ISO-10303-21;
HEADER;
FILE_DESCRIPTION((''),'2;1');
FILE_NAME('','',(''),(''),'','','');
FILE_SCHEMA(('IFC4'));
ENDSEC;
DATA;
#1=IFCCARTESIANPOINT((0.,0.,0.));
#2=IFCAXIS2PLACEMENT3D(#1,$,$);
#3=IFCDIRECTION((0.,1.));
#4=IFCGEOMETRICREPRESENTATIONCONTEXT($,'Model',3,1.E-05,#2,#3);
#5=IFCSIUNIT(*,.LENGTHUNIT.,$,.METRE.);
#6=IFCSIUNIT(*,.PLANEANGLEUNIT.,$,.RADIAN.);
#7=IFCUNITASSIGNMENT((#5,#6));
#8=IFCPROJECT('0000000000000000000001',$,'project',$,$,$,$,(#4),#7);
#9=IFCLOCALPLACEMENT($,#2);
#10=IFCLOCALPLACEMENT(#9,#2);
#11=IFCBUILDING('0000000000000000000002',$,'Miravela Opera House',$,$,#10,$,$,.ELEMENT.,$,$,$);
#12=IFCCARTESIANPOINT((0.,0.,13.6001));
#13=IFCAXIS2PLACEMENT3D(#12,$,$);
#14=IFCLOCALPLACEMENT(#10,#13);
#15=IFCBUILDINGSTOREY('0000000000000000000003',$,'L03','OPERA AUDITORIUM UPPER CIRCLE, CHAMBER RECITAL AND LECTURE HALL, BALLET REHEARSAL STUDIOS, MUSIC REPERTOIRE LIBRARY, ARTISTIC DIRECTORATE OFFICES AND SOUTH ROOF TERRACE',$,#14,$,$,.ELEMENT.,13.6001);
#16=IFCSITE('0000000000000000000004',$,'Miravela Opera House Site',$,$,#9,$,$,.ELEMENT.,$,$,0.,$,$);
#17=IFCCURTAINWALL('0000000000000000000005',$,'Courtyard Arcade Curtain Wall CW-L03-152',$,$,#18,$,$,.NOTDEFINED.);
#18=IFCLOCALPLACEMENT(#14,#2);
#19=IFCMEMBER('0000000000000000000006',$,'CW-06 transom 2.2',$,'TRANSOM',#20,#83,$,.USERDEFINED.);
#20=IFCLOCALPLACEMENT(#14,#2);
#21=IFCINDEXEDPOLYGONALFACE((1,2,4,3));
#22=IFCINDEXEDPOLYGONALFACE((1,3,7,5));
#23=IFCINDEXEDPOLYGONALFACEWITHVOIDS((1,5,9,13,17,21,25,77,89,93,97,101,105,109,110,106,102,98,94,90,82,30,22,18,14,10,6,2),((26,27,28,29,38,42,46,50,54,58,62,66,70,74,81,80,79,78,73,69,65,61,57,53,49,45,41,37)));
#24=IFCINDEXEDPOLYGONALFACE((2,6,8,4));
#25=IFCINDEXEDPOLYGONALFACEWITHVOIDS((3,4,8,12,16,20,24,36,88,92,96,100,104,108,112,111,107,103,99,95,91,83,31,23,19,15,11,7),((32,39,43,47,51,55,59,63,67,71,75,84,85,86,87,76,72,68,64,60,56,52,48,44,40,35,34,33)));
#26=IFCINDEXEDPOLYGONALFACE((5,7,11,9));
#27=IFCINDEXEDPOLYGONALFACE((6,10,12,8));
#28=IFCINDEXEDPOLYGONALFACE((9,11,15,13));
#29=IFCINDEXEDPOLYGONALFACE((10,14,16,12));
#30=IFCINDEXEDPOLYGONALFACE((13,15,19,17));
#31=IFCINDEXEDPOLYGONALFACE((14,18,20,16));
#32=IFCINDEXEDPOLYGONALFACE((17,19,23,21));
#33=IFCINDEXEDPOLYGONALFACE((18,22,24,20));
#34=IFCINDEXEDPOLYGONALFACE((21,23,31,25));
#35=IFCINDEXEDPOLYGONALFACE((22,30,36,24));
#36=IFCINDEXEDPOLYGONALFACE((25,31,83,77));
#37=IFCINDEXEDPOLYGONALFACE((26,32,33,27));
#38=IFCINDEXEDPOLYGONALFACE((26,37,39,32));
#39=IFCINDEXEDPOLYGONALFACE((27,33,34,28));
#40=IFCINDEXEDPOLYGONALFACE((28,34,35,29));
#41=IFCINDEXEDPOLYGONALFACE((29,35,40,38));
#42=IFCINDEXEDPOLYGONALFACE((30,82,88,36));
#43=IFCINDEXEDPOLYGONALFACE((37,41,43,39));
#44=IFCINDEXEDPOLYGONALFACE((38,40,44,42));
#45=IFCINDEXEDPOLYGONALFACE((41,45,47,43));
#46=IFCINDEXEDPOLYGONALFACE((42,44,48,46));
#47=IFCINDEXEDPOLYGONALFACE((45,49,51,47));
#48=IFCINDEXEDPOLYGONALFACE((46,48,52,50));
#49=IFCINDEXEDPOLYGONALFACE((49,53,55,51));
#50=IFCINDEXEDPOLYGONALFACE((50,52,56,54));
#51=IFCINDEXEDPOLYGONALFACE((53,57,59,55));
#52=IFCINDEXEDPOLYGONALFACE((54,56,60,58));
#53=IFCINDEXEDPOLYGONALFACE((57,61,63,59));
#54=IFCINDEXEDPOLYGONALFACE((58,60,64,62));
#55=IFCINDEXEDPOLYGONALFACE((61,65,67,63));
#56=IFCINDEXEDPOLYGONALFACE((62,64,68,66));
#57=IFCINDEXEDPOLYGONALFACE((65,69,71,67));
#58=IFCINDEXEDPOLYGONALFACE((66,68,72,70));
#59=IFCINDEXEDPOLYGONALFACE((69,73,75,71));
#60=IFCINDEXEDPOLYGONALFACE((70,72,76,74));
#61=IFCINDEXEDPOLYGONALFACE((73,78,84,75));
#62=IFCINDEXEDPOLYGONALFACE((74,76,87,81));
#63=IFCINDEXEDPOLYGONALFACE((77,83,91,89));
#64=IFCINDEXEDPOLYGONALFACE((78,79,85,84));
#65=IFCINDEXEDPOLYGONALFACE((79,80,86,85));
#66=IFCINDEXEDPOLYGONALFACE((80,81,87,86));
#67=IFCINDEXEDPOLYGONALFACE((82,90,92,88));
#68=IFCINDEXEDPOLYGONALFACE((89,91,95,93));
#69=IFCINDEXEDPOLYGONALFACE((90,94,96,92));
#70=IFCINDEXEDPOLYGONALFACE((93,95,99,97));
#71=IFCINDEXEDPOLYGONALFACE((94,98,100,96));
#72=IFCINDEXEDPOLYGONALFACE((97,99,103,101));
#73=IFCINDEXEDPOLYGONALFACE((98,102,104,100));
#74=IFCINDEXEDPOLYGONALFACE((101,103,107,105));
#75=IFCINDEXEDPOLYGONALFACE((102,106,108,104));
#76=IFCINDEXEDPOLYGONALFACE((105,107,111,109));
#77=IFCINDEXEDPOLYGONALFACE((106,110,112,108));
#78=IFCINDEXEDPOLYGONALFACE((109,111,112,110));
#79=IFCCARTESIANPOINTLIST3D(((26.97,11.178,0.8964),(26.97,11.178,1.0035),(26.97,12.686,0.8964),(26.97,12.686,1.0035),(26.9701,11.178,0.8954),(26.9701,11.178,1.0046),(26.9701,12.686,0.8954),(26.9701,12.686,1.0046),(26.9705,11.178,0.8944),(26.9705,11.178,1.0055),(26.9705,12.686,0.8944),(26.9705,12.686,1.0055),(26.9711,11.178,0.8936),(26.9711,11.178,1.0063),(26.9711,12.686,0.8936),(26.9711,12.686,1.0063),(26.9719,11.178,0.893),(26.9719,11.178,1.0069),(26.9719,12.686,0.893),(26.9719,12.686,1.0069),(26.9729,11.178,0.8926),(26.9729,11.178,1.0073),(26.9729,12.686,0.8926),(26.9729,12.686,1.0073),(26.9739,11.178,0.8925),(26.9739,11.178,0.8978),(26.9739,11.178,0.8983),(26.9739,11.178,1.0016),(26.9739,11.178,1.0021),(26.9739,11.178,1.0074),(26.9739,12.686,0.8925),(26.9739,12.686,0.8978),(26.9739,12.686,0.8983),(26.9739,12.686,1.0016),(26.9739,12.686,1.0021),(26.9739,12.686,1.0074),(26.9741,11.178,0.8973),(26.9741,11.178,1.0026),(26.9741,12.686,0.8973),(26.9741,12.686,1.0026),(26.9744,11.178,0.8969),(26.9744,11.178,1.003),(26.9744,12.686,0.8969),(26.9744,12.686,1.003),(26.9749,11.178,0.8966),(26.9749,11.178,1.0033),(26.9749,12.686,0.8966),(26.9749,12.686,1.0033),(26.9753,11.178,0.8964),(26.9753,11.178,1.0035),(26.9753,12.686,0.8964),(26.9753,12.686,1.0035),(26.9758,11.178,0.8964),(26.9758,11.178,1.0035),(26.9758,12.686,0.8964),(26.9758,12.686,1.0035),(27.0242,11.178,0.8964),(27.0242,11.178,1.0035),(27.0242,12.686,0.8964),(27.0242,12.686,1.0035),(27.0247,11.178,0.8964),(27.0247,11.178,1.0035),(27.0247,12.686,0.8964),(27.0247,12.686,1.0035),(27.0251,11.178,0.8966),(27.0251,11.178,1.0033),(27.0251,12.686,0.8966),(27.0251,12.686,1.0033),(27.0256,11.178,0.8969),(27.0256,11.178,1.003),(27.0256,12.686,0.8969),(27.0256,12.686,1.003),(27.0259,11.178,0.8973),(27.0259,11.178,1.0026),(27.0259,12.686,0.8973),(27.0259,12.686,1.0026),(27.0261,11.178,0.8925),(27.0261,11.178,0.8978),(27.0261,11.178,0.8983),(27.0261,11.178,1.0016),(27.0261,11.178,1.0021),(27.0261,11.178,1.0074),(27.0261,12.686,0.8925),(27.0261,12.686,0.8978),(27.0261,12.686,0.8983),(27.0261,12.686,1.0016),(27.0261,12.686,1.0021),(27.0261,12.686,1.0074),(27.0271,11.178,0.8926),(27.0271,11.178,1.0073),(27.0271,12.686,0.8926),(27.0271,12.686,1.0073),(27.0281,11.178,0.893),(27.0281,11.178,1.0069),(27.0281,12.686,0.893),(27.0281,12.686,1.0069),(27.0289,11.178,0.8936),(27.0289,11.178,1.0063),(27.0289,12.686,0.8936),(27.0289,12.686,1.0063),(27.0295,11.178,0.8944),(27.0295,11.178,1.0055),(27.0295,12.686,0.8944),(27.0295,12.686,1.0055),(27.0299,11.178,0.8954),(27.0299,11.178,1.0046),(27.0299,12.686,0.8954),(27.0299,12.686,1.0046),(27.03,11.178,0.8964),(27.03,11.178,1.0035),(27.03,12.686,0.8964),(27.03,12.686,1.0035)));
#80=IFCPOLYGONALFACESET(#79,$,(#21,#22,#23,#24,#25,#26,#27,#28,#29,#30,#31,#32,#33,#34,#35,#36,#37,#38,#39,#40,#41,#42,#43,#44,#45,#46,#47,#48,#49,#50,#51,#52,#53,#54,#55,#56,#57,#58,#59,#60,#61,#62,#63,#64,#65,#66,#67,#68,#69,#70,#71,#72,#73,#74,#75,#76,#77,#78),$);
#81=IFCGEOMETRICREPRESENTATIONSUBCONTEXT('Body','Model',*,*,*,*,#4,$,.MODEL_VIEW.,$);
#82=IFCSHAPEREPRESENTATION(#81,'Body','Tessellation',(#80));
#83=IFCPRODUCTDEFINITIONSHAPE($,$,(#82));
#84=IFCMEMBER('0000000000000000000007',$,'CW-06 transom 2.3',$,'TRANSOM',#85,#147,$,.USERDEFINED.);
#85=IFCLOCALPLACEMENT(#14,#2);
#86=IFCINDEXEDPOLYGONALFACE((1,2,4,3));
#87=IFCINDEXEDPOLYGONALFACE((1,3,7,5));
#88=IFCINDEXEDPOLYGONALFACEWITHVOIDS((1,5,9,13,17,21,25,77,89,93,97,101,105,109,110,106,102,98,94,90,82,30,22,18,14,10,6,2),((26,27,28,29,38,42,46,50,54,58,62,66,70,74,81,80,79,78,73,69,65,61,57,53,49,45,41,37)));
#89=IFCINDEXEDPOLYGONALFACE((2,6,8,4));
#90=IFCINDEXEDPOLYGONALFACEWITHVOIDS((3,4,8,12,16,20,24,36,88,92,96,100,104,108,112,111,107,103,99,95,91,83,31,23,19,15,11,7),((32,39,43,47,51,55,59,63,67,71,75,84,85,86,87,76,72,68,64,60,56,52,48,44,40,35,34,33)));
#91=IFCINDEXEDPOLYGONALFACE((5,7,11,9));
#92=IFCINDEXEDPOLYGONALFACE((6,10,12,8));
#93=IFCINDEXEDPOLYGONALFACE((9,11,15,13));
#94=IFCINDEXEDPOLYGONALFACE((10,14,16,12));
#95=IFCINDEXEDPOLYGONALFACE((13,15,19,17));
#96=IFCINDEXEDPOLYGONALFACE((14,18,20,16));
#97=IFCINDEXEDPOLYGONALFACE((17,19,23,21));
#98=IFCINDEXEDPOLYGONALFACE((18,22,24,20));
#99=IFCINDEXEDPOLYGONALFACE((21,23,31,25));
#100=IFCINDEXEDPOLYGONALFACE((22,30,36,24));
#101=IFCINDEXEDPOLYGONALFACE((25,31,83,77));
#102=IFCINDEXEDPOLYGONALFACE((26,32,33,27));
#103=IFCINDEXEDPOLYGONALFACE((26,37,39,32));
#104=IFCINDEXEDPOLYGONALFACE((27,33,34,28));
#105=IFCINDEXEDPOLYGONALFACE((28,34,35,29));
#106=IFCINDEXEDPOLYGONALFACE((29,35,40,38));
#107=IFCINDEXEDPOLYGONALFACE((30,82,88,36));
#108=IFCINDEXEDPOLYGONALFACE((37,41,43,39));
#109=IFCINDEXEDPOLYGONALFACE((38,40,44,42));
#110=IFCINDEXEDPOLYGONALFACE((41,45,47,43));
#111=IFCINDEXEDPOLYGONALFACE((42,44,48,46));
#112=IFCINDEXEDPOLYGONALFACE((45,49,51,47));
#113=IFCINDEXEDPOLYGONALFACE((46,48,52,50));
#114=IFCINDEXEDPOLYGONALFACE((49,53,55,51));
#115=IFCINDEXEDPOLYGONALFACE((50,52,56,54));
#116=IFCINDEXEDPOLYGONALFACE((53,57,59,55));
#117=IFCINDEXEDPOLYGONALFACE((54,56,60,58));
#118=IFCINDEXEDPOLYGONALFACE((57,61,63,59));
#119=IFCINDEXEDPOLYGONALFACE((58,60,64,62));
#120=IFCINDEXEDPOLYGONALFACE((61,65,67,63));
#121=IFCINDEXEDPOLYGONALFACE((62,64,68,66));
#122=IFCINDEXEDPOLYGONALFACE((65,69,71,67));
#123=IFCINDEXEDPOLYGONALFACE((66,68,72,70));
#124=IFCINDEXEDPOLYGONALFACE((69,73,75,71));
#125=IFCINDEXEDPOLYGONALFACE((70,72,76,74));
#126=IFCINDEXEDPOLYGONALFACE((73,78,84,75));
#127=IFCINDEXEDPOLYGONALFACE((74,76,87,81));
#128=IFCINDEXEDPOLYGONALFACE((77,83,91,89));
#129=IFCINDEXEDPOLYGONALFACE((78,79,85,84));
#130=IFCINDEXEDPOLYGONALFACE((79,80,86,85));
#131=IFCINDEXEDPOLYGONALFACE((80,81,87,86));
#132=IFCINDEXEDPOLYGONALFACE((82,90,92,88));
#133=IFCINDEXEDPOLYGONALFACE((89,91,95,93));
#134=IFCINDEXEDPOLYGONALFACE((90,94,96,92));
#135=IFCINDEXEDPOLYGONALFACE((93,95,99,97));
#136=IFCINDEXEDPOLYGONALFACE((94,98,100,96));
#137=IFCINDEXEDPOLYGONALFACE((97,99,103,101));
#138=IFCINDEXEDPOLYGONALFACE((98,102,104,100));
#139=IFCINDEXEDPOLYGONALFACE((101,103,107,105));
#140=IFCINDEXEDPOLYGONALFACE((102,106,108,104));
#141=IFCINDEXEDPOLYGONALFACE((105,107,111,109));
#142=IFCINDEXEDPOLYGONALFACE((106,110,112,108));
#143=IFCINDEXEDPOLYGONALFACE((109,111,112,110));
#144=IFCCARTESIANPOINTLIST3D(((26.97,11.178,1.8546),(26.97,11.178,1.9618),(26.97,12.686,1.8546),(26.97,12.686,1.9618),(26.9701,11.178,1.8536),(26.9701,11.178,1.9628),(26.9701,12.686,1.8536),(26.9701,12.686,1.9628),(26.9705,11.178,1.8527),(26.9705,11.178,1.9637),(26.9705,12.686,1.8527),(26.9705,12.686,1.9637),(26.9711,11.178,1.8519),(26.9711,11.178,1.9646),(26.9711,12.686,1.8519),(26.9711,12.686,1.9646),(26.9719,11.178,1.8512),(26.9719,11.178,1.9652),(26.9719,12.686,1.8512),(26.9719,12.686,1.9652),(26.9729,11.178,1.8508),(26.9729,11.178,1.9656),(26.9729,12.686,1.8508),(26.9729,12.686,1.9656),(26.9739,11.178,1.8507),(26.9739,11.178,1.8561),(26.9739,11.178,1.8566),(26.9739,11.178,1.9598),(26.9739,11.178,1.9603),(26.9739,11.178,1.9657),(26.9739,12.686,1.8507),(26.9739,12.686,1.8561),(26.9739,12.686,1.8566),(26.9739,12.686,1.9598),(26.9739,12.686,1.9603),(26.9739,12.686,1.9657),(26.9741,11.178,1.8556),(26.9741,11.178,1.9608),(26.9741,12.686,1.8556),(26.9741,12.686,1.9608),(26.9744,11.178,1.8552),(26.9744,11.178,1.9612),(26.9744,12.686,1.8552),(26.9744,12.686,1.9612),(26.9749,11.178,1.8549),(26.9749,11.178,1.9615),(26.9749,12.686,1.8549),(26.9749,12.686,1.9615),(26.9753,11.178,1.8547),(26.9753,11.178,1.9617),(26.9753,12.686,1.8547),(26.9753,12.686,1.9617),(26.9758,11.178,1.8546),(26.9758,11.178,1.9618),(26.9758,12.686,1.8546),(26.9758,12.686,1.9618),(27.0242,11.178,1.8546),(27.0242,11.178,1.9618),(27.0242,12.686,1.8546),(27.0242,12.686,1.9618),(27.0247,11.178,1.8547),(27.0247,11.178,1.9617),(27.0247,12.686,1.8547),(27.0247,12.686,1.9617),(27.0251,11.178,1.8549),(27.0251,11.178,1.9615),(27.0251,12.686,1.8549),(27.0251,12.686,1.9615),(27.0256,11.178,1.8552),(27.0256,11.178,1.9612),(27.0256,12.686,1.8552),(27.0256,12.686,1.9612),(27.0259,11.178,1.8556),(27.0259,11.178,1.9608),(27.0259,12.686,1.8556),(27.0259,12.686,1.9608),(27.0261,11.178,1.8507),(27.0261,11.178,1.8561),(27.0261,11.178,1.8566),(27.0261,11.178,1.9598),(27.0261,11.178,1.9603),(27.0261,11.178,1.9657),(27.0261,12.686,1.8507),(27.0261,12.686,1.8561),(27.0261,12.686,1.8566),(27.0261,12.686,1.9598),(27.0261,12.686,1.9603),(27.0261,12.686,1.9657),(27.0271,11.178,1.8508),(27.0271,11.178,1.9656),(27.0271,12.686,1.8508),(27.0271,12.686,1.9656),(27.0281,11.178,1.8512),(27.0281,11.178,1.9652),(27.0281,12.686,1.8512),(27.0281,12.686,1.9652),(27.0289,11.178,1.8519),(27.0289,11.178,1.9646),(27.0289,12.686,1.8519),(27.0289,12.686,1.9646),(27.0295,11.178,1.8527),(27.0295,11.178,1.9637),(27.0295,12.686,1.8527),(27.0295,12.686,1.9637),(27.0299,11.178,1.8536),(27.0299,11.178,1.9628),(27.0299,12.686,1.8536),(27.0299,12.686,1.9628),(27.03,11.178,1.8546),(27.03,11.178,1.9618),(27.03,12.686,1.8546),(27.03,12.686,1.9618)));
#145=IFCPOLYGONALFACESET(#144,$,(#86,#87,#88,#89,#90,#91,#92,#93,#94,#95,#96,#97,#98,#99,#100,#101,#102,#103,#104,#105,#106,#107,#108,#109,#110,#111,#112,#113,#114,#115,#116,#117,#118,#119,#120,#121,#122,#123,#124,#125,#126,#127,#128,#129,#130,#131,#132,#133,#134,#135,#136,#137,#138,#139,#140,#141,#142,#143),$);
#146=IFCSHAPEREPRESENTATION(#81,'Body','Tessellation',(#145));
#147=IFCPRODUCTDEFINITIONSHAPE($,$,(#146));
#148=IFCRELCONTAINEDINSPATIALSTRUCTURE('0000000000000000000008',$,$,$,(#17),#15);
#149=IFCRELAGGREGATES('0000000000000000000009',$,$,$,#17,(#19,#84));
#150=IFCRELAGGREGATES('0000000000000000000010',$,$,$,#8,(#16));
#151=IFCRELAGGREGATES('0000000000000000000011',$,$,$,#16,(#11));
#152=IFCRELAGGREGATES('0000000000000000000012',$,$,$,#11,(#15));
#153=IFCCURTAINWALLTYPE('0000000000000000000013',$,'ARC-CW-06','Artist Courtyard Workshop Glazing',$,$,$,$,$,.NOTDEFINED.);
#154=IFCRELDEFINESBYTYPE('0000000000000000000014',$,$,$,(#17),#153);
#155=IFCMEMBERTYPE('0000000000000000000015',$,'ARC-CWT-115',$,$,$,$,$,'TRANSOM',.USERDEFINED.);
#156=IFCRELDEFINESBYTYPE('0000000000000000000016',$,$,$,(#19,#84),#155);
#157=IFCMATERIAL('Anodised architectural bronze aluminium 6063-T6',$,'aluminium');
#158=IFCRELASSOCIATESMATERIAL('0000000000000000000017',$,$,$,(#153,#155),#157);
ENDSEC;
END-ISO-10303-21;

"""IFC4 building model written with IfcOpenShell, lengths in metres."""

from ifc_helpers import new_model, si_unit, direction, frame, origin, origin_2d, place, context, subcontext, project, spatial, hollow_rectangle, extrude, material, material_profile, profile_set, type_object, element, aggregate, save


model = new_model("IFC4")

# Units and contexts
model_context = context("Model", 3, precision=1e-05, world=origin(), true_north=direction((0.0, 1.0)))
body_context = subcontext(model_context, "Body", "Model", "MODEL_VIEW")
ifc_project = project(units=[si_unit("LENGTHUNIT", "METRE"), si_unit("PLANEANGLEUNIT", "RADIAN")], contexts=[model_context])

# Site, building, storey
site_placement = place(None, origin())
site = spatial("IfcSite", under=ifc_project, at=site_placement, Name="Miravela Opera House Site", CompositionType="ELEMENT", RefElevation=0.0)
building_placement = place(site_placement, origin())
building = spatial("IfcBuilding", under=site, at=building_placement, Name="Miravela Opera House", CompositionType="ELEMENT")
storey_placement = place(building_placement, frame((0.0, 0.0, 13.6001)))
storey = spatial("IfcBuildingStorey", under=building, at=storey_placement, Name="L03", Description="OPERA AUDITORIUM UPPER CIRCLE, CHAMBER RECITAL AND LECTURE HALL, BALLET REHEARSAL STUDIOS, MUSIC REPERTOIRE LIBRARY, ARTISTIC DIRECTORATE OFFICES AND SOUTH ROOF TERRACE", CompositionType="ELEMENT", Elevation=13.6001)

# Curtain wall, members
ifc_material_1 = material(Name="Anodised architectural bronze aluminium 6063-T6", Category="aluminium")
curtain_wall_type = type_object("IfcCurtainWallType", Name="ARC-CW-06", Description="Artist Courtyard Workshop Glazing", PredefinedType="NOTDEFINED", material=ifc_material_1)
curtain_wall_placement = place(storey_placement, origin())
curtain_wall = element("IfcCurtainWall", 1, at=curtain_wall_placement, inside=storey, type_object=curtain_wall_type, Name="Courtyard Arcade Curtain Wall CW-L03-152", PredefinedType="NOTDEFINED")
ifc_material_profile_1 = material_profile(ifc_material_1, hollow_rectangle(XDim=0.0601, YDim=0.115, WallThickness=0.0039, InnerFilletRadius=0.002, OuterFilletRadius=0.0039, at=origin_2d()), Name="CWT-60X115")
ifc_profile_set_1 = profile_set([ifc_material_profile_1])
member_type_1 = type_object("IfcMemberType", Name="ARC-CWT-115", ElementType="TRANSOM", PredefinedType="USERDEFINED", material=ifc_profile_set_1)
member_1_placement = place(storey_placement, frame((27.0, 11.178, 0.95), z_axis=(0.0, 1.0, 0.0), x_axis=(-1.0, 0.0, 0.0)))
member_1 = element("IfcMember", 2, at=member_1_placement, type_object=member_type_1, Name="CW-06 transom 2.2", ObjectType="TRANSOM", PredefinedType="USERDEFINED", context=body_context, shape_type="SweptSolid", body=[
    extrude(hollow_rectangle(XDim=0.0601, YDim=0.115, WallThickness=0.0039, InnerFilletRadius=0.002, OuterFilletRadius=0.0039, at=origin_2d()), origin(), (0.0, 0.0, 1.0), 1.5081),
])
member_2_placement = place(storey_placement, frame((27.0, 11.178, 1.9082), z_axis=(0.0, 1.0, 0.0), x_axis=(-1.0, 0.0, 0.0)))
member_2 = element("IfcMember", 3, at=member_2_placement, type_object=member_type_1, Name="CW-06 transom 2.3", ObjectType="TRANSOM", PredefinedType="USERDEFINED", context=body_context, shape_type="SweptSolid", body=[
    extrude(hollow_rectangle(XDim=0.0601, YDim=0.115, WallThickness=0.0039, InnerFilletRadius=0.002, OuterFilletRadius=0.0039, at=origin_2d()), origin(), (0.0, 0.0, 1.0), 1.5081),
])

aggregate(curtain_wall, [member_1, member_2])

save(model, "model.ifc")
